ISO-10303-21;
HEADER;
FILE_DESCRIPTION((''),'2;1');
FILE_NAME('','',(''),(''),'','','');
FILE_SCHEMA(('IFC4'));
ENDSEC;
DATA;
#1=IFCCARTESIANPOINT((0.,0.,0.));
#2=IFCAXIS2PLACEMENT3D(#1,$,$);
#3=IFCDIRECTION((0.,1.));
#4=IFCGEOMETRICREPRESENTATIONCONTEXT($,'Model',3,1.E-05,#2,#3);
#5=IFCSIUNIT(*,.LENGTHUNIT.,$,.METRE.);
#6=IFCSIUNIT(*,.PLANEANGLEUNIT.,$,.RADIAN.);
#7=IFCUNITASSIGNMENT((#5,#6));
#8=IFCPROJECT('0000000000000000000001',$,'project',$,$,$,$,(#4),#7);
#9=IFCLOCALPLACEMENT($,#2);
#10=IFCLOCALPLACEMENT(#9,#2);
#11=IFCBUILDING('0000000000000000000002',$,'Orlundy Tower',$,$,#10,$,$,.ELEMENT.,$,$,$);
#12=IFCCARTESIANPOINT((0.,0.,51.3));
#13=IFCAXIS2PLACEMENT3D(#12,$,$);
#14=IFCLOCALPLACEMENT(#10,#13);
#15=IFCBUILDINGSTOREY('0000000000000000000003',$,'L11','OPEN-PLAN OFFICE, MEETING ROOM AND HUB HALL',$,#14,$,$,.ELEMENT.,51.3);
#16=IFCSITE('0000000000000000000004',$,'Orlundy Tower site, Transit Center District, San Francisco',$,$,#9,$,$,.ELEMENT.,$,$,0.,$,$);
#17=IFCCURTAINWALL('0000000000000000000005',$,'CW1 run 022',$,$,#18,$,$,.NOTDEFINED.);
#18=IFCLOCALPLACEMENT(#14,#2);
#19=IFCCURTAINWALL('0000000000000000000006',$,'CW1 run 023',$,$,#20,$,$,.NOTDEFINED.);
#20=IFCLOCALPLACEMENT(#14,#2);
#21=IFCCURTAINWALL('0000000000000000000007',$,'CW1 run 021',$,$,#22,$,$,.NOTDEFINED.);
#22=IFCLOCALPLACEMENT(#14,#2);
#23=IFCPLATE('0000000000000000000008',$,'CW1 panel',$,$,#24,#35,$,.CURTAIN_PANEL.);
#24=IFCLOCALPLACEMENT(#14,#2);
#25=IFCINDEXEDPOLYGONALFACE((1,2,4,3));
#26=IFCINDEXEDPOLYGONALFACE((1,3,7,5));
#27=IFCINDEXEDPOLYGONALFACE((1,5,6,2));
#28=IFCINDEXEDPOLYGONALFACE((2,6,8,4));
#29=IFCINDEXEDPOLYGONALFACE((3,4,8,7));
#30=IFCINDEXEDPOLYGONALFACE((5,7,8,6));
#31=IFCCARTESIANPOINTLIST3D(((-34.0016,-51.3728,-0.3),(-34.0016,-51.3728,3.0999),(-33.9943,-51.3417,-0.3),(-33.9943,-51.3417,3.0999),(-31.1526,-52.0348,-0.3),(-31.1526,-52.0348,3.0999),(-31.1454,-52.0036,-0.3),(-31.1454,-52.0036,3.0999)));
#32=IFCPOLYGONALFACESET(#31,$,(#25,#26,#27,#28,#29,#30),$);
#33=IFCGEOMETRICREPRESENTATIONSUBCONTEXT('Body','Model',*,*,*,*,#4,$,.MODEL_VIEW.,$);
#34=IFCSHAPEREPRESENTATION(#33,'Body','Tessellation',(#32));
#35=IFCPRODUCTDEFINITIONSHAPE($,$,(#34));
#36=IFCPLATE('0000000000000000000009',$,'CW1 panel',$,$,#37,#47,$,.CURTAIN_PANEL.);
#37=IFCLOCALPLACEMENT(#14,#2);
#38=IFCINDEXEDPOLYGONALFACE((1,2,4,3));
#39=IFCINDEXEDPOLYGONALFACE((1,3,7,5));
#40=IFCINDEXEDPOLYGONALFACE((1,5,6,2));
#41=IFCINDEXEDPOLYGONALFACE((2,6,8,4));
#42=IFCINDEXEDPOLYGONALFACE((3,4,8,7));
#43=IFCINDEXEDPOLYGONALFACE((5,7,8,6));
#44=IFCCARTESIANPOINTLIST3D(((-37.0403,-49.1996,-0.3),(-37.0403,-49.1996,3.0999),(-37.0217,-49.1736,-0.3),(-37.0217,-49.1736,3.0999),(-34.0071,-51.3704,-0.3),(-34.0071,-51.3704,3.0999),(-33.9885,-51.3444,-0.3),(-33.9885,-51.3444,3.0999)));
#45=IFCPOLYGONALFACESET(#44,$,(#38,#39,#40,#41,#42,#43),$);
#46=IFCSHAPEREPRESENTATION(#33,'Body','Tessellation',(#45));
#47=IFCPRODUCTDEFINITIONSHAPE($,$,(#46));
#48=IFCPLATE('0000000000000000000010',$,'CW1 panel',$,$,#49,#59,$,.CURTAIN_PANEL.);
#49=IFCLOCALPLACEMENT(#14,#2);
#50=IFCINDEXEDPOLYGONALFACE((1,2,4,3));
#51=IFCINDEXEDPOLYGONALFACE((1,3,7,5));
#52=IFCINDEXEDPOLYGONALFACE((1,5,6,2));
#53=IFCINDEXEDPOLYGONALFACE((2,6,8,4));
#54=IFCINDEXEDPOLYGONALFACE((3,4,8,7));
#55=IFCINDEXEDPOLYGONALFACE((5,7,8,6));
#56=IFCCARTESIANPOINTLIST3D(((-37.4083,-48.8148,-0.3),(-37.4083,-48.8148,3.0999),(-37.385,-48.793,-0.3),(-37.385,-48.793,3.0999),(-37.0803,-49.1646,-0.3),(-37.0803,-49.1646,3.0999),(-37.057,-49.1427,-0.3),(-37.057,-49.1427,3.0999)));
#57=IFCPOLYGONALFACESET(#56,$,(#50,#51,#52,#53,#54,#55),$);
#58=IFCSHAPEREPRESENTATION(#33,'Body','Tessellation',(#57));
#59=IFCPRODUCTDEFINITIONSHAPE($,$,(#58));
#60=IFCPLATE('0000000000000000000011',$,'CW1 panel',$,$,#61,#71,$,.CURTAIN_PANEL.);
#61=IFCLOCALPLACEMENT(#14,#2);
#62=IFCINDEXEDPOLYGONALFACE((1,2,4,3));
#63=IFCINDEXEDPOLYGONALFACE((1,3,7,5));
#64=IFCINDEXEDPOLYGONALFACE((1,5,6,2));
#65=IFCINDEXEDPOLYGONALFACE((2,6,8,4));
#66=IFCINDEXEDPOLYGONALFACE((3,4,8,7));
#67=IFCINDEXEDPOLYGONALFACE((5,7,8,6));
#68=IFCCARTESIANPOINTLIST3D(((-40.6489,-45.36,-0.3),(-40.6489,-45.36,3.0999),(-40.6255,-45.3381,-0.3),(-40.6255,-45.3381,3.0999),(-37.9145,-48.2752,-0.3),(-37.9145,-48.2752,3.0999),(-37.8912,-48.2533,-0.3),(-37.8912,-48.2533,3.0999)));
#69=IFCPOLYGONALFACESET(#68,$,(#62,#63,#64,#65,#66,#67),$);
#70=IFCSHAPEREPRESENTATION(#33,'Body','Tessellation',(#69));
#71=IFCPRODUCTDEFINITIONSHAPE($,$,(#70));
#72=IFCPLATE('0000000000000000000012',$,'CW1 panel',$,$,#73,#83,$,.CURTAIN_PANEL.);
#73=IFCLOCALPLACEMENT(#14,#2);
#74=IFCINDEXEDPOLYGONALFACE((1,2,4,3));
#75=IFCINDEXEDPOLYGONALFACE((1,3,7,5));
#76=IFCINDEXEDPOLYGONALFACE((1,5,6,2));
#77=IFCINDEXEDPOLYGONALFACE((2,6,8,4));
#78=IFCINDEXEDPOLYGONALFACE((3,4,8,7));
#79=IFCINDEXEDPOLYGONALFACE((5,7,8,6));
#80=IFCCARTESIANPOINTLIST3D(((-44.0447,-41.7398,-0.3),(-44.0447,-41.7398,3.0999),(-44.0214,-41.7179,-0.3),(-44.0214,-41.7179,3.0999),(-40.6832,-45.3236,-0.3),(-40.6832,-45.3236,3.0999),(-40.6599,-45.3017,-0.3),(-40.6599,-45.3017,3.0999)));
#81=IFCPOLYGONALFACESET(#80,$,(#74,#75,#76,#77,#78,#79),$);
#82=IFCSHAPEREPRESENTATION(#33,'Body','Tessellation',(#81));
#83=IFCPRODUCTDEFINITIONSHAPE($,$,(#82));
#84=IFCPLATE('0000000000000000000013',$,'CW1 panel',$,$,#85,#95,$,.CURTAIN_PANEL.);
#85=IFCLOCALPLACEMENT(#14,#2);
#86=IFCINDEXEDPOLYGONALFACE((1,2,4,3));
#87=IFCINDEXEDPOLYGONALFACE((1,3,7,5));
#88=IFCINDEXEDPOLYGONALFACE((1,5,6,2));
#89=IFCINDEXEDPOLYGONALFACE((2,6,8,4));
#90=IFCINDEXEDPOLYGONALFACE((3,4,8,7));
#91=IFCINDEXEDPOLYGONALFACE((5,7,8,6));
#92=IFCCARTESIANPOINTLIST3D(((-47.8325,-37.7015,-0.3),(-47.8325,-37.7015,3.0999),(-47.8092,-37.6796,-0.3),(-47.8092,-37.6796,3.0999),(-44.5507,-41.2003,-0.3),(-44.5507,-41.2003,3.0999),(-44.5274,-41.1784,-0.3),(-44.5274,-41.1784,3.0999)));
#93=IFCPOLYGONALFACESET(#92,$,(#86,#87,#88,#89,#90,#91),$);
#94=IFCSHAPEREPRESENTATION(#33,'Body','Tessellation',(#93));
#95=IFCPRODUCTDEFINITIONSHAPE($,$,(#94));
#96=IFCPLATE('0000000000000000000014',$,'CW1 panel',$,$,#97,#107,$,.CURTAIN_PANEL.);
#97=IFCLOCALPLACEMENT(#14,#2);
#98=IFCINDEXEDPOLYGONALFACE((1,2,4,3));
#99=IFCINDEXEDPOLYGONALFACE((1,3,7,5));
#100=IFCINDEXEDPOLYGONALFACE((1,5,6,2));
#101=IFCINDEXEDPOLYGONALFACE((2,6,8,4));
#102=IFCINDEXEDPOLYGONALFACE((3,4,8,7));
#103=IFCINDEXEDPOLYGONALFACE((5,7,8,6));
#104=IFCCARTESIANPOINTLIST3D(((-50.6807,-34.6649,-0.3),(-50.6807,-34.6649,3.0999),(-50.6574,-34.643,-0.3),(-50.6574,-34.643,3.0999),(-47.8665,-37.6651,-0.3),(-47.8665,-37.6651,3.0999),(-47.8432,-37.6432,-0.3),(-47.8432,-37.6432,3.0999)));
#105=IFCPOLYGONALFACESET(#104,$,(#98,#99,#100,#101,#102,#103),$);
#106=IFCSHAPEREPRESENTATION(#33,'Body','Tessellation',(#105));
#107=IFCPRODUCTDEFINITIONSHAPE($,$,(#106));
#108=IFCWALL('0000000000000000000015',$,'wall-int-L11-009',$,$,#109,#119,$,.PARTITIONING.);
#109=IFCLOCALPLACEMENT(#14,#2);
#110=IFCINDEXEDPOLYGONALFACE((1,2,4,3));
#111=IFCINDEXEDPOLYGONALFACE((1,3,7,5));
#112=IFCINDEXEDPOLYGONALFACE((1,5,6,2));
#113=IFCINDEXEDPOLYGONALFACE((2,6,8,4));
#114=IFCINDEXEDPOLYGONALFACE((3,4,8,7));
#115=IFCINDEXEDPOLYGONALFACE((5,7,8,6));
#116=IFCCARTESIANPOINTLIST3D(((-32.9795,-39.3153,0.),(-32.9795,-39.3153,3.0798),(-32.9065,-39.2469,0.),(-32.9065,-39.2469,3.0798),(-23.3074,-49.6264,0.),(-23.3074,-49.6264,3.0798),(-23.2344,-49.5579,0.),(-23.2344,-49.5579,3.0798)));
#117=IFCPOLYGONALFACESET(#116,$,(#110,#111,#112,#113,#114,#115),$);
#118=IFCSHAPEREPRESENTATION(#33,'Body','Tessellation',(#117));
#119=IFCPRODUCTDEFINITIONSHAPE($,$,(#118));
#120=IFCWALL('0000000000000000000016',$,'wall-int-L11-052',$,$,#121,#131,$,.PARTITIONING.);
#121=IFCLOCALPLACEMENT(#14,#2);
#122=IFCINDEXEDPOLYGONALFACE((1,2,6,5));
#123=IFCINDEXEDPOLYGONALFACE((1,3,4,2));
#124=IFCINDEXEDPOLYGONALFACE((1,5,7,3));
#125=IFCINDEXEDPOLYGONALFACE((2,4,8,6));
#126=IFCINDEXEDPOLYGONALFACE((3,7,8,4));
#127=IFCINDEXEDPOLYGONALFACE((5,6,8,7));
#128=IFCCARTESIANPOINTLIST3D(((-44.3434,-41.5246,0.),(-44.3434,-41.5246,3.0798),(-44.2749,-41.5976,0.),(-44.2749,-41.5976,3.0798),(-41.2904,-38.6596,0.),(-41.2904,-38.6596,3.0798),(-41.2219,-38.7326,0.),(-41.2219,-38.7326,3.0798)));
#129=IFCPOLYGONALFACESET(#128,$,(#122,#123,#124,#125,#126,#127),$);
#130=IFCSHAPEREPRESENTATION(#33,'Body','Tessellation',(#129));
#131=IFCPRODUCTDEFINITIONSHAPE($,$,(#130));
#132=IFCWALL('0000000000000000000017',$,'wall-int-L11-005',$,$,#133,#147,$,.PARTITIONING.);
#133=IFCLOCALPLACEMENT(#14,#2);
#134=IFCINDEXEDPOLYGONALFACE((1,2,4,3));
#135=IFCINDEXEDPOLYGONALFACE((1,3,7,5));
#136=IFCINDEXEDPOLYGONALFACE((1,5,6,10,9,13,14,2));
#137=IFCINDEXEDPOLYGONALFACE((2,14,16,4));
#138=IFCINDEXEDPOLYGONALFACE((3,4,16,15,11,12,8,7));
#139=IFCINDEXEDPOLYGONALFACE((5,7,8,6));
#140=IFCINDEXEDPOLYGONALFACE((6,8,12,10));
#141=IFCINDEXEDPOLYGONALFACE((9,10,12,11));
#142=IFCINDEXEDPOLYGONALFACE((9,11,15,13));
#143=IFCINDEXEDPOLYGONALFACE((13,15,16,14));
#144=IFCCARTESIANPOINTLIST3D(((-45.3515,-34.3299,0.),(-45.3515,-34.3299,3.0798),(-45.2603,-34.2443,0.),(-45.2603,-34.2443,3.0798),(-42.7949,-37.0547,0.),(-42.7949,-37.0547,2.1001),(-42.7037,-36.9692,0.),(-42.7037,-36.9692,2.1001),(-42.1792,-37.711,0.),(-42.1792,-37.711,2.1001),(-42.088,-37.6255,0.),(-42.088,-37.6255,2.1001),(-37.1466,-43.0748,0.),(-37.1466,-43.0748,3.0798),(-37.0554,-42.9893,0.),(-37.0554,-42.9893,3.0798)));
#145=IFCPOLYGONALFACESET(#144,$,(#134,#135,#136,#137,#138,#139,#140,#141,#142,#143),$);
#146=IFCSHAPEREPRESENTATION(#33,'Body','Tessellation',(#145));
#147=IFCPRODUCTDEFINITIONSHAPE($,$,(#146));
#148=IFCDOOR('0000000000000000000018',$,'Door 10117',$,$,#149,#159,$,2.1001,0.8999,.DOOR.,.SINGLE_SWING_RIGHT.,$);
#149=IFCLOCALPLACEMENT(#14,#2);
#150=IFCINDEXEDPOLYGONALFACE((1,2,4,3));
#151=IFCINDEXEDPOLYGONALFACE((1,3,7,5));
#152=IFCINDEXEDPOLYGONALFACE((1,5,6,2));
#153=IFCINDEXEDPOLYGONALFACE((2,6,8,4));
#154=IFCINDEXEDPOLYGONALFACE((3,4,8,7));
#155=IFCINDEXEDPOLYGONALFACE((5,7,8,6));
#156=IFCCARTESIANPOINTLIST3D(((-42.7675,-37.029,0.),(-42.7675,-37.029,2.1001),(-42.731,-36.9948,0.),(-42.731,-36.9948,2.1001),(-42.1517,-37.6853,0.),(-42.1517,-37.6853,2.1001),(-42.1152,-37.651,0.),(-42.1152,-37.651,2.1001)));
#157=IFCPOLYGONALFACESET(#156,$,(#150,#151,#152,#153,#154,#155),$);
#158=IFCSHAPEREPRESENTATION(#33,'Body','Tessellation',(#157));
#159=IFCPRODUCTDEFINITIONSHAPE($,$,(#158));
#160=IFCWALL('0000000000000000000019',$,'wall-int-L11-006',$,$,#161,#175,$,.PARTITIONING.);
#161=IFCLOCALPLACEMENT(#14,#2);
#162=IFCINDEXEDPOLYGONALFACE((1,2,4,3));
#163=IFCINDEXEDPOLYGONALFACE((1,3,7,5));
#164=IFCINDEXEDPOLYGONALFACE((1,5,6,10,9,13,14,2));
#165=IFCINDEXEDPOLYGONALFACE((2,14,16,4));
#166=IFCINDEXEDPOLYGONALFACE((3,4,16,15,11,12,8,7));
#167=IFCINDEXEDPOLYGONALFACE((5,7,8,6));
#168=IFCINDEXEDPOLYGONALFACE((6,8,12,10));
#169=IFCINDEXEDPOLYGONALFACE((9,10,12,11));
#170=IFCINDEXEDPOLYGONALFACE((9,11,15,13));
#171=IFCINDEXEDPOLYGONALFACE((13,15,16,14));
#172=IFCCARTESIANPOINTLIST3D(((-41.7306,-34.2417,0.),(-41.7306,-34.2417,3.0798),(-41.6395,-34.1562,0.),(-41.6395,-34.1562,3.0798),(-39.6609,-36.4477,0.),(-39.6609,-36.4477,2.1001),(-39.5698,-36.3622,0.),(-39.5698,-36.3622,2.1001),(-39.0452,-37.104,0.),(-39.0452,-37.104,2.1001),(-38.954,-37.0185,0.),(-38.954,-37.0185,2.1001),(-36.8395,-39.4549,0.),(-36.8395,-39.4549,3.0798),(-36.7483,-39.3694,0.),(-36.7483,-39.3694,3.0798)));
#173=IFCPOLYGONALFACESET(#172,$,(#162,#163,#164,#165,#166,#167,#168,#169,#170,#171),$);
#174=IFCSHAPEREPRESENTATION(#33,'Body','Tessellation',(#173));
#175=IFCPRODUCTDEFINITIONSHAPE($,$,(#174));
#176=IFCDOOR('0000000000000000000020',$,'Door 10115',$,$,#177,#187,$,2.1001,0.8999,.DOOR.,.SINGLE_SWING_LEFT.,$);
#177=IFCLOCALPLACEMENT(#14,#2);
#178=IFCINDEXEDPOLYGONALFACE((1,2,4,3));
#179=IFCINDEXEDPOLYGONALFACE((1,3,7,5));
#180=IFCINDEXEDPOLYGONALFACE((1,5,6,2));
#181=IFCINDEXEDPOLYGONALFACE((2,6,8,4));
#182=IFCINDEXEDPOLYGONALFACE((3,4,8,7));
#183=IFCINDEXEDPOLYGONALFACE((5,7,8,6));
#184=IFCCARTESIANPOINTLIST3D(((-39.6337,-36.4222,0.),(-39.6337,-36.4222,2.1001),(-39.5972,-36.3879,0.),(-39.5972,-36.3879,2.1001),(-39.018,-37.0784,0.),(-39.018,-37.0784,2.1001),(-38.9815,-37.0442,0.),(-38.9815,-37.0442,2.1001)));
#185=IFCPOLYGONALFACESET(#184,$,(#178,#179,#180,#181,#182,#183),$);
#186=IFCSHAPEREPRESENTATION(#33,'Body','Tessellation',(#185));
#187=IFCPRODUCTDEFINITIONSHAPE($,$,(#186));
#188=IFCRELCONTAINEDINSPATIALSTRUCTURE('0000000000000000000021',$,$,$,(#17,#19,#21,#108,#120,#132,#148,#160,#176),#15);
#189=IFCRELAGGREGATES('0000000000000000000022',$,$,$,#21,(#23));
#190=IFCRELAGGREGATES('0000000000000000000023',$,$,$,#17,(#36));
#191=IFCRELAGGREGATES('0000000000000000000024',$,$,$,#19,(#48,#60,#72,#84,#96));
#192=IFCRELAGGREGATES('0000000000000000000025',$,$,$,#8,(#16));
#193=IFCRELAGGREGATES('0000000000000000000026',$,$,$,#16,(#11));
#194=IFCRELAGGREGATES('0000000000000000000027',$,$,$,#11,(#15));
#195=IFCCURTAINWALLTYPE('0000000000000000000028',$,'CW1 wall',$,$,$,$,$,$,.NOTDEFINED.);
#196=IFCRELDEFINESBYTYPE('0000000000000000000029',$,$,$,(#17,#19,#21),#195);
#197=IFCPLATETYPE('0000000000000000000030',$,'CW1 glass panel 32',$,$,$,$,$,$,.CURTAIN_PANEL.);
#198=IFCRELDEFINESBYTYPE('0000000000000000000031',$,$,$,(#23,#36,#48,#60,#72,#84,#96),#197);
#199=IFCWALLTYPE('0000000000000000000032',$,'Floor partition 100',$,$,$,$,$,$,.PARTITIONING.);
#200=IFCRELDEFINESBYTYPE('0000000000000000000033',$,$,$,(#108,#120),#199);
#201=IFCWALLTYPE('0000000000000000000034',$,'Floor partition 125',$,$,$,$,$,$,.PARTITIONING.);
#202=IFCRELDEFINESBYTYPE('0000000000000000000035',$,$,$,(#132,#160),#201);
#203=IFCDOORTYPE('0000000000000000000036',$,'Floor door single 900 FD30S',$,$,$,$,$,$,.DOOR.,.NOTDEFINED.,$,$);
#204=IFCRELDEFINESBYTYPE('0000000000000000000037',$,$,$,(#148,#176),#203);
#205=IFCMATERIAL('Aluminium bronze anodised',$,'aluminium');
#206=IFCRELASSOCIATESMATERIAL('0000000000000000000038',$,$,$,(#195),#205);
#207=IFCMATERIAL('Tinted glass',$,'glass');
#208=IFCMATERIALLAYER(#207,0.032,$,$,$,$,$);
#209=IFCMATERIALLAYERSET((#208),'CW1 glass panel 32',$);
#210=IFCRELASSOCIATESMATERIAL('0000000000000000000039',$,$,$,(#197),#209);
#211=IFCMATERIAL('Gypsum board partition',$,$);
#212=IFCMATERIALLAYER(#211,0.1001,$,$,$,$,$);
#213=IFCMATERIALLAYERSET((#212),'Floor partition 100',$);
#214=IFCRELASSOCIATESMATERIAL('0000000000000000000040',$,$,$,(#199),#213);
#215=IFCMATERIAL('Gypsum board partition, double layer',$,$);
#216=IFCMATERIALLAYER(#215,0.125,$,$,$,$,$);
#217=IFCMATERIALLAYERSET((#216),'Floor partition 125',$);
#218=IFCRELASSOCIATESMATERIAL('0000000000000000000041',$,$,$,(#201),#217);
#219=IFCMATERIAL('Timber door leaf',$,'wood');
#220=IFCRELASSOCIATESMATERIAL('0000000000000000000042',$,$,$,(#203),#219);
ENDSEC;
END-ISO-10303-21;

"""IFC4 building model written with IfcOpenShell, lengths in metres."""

from ifc_helpers import new_model, si_unit, direction, frame, frame_2d, origin, origin_2d, place, context, subcontext, project, spatial, rectangle, extrude, material, layer, layer_set, type_object, element, fill, aggregate, save


model = new_model("IFC4")

# Units and contexts
model_context = context("Model", 3, precision=1e-05, world=origin(), true_north=direction((0.0, 1.0)))
body_context = subcontext(model_context, "Body", "Model", "MODEL_VIEW")
ifc_project = project(units=[si_unit("LENGTHUNIT", "METRE"), si_unit("PLANEANGLEUNIT", "RADIAN")], contexts=[model_context])

# Site, building, storey
site_placement = place(None, origin())
site = spatial("IfcSite", under=ifc_project, at=site_placement, Name="Orlundy Tower site, Transit Center District, San Francisco", CompositionType="ELEMENT", RefElevation=0.0)
building_placement = place(site_placement, origin())
building = spatial("IfcBuilding", under=site, at=building_placement, Name="Orlundy Tower", CompositionType="ELEMENT")
storey_placement = place(building_placement, frame((0.0, 0.0, 51.3)))
storey = spatial("IfcBuildingStorey", under=building, at=storey_placement, Name="L11", Description="OPEN-PLAN OFFICE, MEETING ROOM AND HUB HALL", CompositionType="ELEMENT", Elevation=51.3)

# Curtain wall
ifc_material_1 = material(Name="Aluminium bronze anodised", Category="aluminium")
curtain_wall_type = type_object("IfcCurtainWallType", Name="CW1 wall", PredefinedType="NOTDEFINED", material=ifc_material_1)
curtain_wall_1_placement = place(storey_placement, origin())
curtain_wall_1 = element("IfcCurtainWall", 1, at=curtain_wall_1_placement, inside=storey, type_object=curtain_wall_type, Name="CW1 run 022", PredefinedType="NOTDEFINED")

# Curtain wall
curtain_wall_2_placement = place(storey_placement, origin())
curtain_wall_2 = element("IfcCurtainWall", 2, at=curtain_wall_2_placement, inside=storey, type_object=curtain_wall_type, Name="CW1 run 023", PredefinedType="NOTDEFINED")

# Curtain wall
curtain_wall_3_placement = place(storey_placement, origin())
curtain_wall_3 = element("IfcCurtainWall", 3, at=curtain_wall_3_placement, inside=storey, type_object=curtain_wall_type, Name="CW1 run 021", PredefinedType="NOTDEFINED")

# Plates
ifc_material_2 = material(Name="Tinted glass", Category="glass")
ifc_layer_1 = layer(ifc_material_2, 0.032)
ifc_layer_set_1 = layer_set([ifc_layer_1], Name="CW1 glass panel 32")
plate_type = type_object("IfcPlateType", Name="CW1 glass panel 32", PredefinedType="CURTAIN_PANEL", material=ifc_layer_set_1)
plate_1_placement = place(storey_placement, frame((-32.5735, -51.6882, -0.3), z_axis=(0.0, 0.0, 1.0), x_axis=(-0.974054, 0.226317, 0.0)))
plate_1 = element("IfcPlate", 4, at=plate_1_placement, type_object=plate_type, Name="CW1 panel", PredefinedType="CURTAIN_PANEL", context=body_context, shape_type="SweptSolid", body=[
    extrude(rectangle(XDim=2.9248, YDim=0.032, at=origin_2d()), origin(), (0.0, 0.0, 1.0), 3.3999),
])
aggregate(curtain_wall_3, [plate_1])
plate_2_placement = place(storey_placement, frame((-35.5144, -50.272, -0.3), z_axis=(0.0, 0.0, 1.0), x_axis=(-0.813204, 0.581978, 0.0)))
plate_2 = element("IfcPlate", 5, at=plate_2_placement, type_object=plate_type, Name="CW1 panel", PredefinedType="CURTAIN_PANEL", context=body_context, shape_type="SweptSolid", body=[
    extrude(rectangle(XDim=3.73, YDim=0.032, at=origin_2d()), origin(), (0.0, 0.0, 1.0), 3.3999),
])
aggregate(curtain_wall_1, [plate_2])
plate_3_placement = place(storey_placement, frame((-37.2327, -48.9788, -0.3), z_axis=(0.0, 0.0, 1.0), x_axis=(-0.684126, 0.729363, 0.0)))
plate_3 = element("IfcPlate", 6, at=plate_3_placement, type_object=plate_type, Name="CW1 panel", PredefinedType="CURTAIN_PANEL", context=body_context, shape_type="SweptSolid", body=[
    extrude(rectangle(XDim=0.4795, YDim=0.032, at=origin_2d()), origin(), (0.0, 0.0, 1.0), 3.3999),
])
plate_4_placement = place(storey_placement, frame((-39.27, -46.8066, -0.3), z_axis=(0.0, 0.0, 1.0), x_axis=(-0.684126, 0.729363, 0.0)))
plate_4 = element("IfcPlate", 7, at=plate_4_placement, type_object=plate_type, Name="CW1 panel", PredefinedType="CURTAIN_PANEL", context=body_context, shape_type="SweptSolid", body=[
    extrude(rectangle(XDim=3.9968, YDim=0.032, at=origin_2d()), origin(), (0.0, 0.0, 1.0), 3.3999),
])
plate_5_placement = place(storey_placement, frame((-42.3523, -43.5208, -0.3), z_axis=(0.0, 0.0, 1.0), x_axis=(-0.684126, 0.729363, 0.0)))
plate_5 = element("IfcPlate", 8, at=plate_5_placement, type_object=plate_type, Name="CW1 panel", PredefinedType="CURTAIN_PANEL", context=body_context, shape_type="SweptSolid", body=[
    extrude(rectangle(XDim=4.9136, YDim=0.032, at=origin_2d()), origin(), (0.0, 0.0, 1.0), 3.3999),
])
plate_6_placement = place(storey_placement, frame((-46.1799, -39.4399, -0.3), z_axis=(0.0, 0.0, 1.0), x_axis=(-0.684126, 0.729363, 0.0)))
plate_6 = element("IfcPlate", 9, at=plate_6_placement, type_object=plate_type, Name="CW1 panel", PredefinedType="CURTAIN_PANEL", context=body_context, shape_type="SweptSolid", body=[
    extrude(rectangle(XDim=4.7971, YDim=0.032, at=origin_2d()), origin(), (0.0, 0.0, 1.0), 3.3999),
])
plate_7_placement = place(storey_placement, frame((-49.262, -36.1541, -0.3), z_axis=(0.0, 0.0, 1.0), x_axis=(-0.684126, 0.729363, 0.0)))
plate_7 = element("IfcPlate", 10, at=plate_7_placement, type_object=plate_type, Name="CW1 panel", PredefinedType="CURTAIN_PANEL", context=body_context, shape_type="SweptSolid", body=[
    extrude(rectangle(XDim=4.1135, YDim=0.032, at=origin_2d()), origin(), (0.0, 0.0, 1.0), 3.3999),
])
aggregate(curtain_wall_2, [plate_3, plate_4, plate_5, plate_6, plate_7])

# Walls
ifc_material_3 = material(Name="Gypsum board partition")
ifc_layer_2 = layer(ifc_material_3, 0.1001)
ifc_layer_set_2 = layer_set([ifc_layer_2], Name="Floor partition 100")
wall_type_1 = type_object("IfcWallType", Name="Floor partition 100", PredefinedType="PARTITIONING", material=ifc_layer_set_2)
wall_1_placement = place(storey_placement, frame((-32.9431, -39.281, 0.0), z_axis=(0.0, 0.0, 1.0), x_axis=(0.684149, -0.729342, 0.0)))
element("IfcWall", 11, at=wall_1_placement, inside=storey, type_object=wall_type_1, Name="wall-int-L11-009", PredefinedType="PARTITIONING", context=body_context, shape_type="SweptSolid", body=[
    extrude(rectangle(XDim=14.1375, YDim=0.1001, at=frame_2d((7.0688, 0.0))), origin(), (0.0, 0.0, 1.0), 3.0798),
])
wall_2_placement = place(storey_placement, frame((-44.3091, -41.561, 0.0), z_axis=(0.0, 0.0, 1.0), x_axis=(0.729201, 0.6843, 0.0)))
element("IfcWall", 12, at=wall_2_placement, inside=storey, type_object=wall_type_1, Name="wall-int-L11-052", PredefinedType="PARTITIONING", context=body_context, shape_type="SweptSolid", body=[
    extrude(rectangle(XDim=4.1868, YDim=0.1001, at=frame_2d((2.0933, 0.0))), origin(), (0.0, 0.0, 1.0), 3.0798),
])

# Walls, openings, doors
ifc_material_4 = material(Name="Gypsum board partition, double layer")
ifc_layer_3 = layer(ifc_material_4, 0.125)
ifc_layer_set_3 = layer_set([ifc_layer_3], Name="Floor partition 125")
wall_type_2 = type_object("IfcWallType", Name="Floor partition 125", PredefinedType="PARTITIONING", material=ifc_layer_set_3)
wall_3_placement = place(storey_placement, frame((-37.1011, -43.032, 0.0), z_axis=(0.0, 0.0, 1.0), x_axis=(-0.68423, 0.729266, 0.0)))
wall_3 = element("IfcWall", 13, at=wall_3_placement, inside=storey, type_object=wall_type_2, Name="wall-int-L11-005", PredefinedType="PARTITIONING", context=body_context, shape_type="SweptSolid", body=[
    extrude(rectangle(XDim=11.9915, YDim=0.125, at=frame_2d((5.9956, 0.0))), origin(), (0.0, 0.0, 1.0), 3.0798),
])
opening_1_placement = place(wall_3_placement, frame((7.355, 0.0, 0.0)))
opening_1 = element("IfcOpeningElement", 14, at=opening_1_placement, cuts=wall_3, PredefinedType="OPENING", context=body_context, shape_type="SweptSolid", body=[
    extrude(rectangle(XDim=0.8999, YDim=2.1001, at=frame_2d((0.45, 1.05))), frame((0.0, 0.0725, 0.0), z_axis=(0.0, -1.0, 0.0), x_axis=(1.0, 0.0, 0.0)), (0.0, 0.0, 1.0), 0.145),
])
ifc_material_5 = material(Name="Timber door leaf", Category="wood")
door_type_1 = type_object("IfcDoorType", Name="Floor door single 900 FD30S", OperationType="NOTDEFINED", PredefinedType="DOOR", material=ifc_material_5)
door_1_placement = place(opening_1_placement, origin())
door_1 = element("IfcDoor", 15, at=door_1_placement, inside=storey, type_object=door_type_1, Name="Door 10117", OperationType="SINGLE_SWING_RIGHT", OverallHeight=2.1001, OverallWidth=0.8999, PredefinedType="DOOR", context=body_context, shape_type="SweptSolid", body=[
    extrude(rectangle(XDim=0.8999, YDim=2.1001, at=frame_2d((0.45, 1.05))), frame((0.0, 0.0249, 0.0), z_axis=(0.0, -1.0, 0.0), x_axis=(1.0, 0.0, 0.0)), (0.0, 0.0, 1.0), 0.05),
])
fill(opening_1, door_1)
wall_4_placement = place(storey_placement, frame((-41.6851, -34.199, 0.0), z_axis=(0.0, 0.0, 1.0), x_axis=(0.684224, -0.729272, 0.0)))
wall_4 = element("IfcWall", 16, at=wall_4_placement, inside=storey, type_object=wall_type_2, Name="wall-int-L11-006", PredefinedType="PARTITIONING", context=body_context, shape_type="SweptSolid", body=[
    extrude(rectangle(XDim=7.1484, YDim=0.125, at=frame_2d((3.5742, 0.0))), origin(), (0.0, 0.0, 1.0), 3.0798),
])
opening_2_placement = place(wall_4_placement, frame((3.0249, 0.0, 0.0)))
opening_2 = element("IfcOpeningElement", 17, at=opening_2_placement, cuts=wall_4, PredefinedType="OPENING", context=body_context, shape_type="SweptSolid", body=[
    extrude(rectangle(XDim=0.8999, YDim=2.1001, at=frame_2d((0.45, 1.05))), frame((0.0, 0.0725, 0.0), z_axis=(0.0, -1.0, 0.0), x_axis=(1.0, 0.0, 0.0)), (0.0, 0.0, 1.0), 0.145),
])
door_2_placement = place(opening_2_placement, origin())
door_2 = element("IfcDoor", 18, at=door_2_placement, inside=storey, type_object=door_type_1, Name="Door 10115", OperationType="SINGLE_SWING_LEFT", OverallHeight=2.1001, OverallWidth=0.8999, PredefinedType="DOOR", context=body_context, shape_type="SweptSolid", body=[
    extrude(rectangle(XDim=0.8999, YDim=2.1001, at=frame_2d((0.45, 1.05))), frame((0.0, 0.0249, 0.0), z_axis=(0.0, -1.0, 0.0), x_axis=(1.0, 0.0, 0.0)), (0.0, 0.0, 1.0), 0.05),
])
fill(opening_2, door_2)

save(model, "model.ifc")
